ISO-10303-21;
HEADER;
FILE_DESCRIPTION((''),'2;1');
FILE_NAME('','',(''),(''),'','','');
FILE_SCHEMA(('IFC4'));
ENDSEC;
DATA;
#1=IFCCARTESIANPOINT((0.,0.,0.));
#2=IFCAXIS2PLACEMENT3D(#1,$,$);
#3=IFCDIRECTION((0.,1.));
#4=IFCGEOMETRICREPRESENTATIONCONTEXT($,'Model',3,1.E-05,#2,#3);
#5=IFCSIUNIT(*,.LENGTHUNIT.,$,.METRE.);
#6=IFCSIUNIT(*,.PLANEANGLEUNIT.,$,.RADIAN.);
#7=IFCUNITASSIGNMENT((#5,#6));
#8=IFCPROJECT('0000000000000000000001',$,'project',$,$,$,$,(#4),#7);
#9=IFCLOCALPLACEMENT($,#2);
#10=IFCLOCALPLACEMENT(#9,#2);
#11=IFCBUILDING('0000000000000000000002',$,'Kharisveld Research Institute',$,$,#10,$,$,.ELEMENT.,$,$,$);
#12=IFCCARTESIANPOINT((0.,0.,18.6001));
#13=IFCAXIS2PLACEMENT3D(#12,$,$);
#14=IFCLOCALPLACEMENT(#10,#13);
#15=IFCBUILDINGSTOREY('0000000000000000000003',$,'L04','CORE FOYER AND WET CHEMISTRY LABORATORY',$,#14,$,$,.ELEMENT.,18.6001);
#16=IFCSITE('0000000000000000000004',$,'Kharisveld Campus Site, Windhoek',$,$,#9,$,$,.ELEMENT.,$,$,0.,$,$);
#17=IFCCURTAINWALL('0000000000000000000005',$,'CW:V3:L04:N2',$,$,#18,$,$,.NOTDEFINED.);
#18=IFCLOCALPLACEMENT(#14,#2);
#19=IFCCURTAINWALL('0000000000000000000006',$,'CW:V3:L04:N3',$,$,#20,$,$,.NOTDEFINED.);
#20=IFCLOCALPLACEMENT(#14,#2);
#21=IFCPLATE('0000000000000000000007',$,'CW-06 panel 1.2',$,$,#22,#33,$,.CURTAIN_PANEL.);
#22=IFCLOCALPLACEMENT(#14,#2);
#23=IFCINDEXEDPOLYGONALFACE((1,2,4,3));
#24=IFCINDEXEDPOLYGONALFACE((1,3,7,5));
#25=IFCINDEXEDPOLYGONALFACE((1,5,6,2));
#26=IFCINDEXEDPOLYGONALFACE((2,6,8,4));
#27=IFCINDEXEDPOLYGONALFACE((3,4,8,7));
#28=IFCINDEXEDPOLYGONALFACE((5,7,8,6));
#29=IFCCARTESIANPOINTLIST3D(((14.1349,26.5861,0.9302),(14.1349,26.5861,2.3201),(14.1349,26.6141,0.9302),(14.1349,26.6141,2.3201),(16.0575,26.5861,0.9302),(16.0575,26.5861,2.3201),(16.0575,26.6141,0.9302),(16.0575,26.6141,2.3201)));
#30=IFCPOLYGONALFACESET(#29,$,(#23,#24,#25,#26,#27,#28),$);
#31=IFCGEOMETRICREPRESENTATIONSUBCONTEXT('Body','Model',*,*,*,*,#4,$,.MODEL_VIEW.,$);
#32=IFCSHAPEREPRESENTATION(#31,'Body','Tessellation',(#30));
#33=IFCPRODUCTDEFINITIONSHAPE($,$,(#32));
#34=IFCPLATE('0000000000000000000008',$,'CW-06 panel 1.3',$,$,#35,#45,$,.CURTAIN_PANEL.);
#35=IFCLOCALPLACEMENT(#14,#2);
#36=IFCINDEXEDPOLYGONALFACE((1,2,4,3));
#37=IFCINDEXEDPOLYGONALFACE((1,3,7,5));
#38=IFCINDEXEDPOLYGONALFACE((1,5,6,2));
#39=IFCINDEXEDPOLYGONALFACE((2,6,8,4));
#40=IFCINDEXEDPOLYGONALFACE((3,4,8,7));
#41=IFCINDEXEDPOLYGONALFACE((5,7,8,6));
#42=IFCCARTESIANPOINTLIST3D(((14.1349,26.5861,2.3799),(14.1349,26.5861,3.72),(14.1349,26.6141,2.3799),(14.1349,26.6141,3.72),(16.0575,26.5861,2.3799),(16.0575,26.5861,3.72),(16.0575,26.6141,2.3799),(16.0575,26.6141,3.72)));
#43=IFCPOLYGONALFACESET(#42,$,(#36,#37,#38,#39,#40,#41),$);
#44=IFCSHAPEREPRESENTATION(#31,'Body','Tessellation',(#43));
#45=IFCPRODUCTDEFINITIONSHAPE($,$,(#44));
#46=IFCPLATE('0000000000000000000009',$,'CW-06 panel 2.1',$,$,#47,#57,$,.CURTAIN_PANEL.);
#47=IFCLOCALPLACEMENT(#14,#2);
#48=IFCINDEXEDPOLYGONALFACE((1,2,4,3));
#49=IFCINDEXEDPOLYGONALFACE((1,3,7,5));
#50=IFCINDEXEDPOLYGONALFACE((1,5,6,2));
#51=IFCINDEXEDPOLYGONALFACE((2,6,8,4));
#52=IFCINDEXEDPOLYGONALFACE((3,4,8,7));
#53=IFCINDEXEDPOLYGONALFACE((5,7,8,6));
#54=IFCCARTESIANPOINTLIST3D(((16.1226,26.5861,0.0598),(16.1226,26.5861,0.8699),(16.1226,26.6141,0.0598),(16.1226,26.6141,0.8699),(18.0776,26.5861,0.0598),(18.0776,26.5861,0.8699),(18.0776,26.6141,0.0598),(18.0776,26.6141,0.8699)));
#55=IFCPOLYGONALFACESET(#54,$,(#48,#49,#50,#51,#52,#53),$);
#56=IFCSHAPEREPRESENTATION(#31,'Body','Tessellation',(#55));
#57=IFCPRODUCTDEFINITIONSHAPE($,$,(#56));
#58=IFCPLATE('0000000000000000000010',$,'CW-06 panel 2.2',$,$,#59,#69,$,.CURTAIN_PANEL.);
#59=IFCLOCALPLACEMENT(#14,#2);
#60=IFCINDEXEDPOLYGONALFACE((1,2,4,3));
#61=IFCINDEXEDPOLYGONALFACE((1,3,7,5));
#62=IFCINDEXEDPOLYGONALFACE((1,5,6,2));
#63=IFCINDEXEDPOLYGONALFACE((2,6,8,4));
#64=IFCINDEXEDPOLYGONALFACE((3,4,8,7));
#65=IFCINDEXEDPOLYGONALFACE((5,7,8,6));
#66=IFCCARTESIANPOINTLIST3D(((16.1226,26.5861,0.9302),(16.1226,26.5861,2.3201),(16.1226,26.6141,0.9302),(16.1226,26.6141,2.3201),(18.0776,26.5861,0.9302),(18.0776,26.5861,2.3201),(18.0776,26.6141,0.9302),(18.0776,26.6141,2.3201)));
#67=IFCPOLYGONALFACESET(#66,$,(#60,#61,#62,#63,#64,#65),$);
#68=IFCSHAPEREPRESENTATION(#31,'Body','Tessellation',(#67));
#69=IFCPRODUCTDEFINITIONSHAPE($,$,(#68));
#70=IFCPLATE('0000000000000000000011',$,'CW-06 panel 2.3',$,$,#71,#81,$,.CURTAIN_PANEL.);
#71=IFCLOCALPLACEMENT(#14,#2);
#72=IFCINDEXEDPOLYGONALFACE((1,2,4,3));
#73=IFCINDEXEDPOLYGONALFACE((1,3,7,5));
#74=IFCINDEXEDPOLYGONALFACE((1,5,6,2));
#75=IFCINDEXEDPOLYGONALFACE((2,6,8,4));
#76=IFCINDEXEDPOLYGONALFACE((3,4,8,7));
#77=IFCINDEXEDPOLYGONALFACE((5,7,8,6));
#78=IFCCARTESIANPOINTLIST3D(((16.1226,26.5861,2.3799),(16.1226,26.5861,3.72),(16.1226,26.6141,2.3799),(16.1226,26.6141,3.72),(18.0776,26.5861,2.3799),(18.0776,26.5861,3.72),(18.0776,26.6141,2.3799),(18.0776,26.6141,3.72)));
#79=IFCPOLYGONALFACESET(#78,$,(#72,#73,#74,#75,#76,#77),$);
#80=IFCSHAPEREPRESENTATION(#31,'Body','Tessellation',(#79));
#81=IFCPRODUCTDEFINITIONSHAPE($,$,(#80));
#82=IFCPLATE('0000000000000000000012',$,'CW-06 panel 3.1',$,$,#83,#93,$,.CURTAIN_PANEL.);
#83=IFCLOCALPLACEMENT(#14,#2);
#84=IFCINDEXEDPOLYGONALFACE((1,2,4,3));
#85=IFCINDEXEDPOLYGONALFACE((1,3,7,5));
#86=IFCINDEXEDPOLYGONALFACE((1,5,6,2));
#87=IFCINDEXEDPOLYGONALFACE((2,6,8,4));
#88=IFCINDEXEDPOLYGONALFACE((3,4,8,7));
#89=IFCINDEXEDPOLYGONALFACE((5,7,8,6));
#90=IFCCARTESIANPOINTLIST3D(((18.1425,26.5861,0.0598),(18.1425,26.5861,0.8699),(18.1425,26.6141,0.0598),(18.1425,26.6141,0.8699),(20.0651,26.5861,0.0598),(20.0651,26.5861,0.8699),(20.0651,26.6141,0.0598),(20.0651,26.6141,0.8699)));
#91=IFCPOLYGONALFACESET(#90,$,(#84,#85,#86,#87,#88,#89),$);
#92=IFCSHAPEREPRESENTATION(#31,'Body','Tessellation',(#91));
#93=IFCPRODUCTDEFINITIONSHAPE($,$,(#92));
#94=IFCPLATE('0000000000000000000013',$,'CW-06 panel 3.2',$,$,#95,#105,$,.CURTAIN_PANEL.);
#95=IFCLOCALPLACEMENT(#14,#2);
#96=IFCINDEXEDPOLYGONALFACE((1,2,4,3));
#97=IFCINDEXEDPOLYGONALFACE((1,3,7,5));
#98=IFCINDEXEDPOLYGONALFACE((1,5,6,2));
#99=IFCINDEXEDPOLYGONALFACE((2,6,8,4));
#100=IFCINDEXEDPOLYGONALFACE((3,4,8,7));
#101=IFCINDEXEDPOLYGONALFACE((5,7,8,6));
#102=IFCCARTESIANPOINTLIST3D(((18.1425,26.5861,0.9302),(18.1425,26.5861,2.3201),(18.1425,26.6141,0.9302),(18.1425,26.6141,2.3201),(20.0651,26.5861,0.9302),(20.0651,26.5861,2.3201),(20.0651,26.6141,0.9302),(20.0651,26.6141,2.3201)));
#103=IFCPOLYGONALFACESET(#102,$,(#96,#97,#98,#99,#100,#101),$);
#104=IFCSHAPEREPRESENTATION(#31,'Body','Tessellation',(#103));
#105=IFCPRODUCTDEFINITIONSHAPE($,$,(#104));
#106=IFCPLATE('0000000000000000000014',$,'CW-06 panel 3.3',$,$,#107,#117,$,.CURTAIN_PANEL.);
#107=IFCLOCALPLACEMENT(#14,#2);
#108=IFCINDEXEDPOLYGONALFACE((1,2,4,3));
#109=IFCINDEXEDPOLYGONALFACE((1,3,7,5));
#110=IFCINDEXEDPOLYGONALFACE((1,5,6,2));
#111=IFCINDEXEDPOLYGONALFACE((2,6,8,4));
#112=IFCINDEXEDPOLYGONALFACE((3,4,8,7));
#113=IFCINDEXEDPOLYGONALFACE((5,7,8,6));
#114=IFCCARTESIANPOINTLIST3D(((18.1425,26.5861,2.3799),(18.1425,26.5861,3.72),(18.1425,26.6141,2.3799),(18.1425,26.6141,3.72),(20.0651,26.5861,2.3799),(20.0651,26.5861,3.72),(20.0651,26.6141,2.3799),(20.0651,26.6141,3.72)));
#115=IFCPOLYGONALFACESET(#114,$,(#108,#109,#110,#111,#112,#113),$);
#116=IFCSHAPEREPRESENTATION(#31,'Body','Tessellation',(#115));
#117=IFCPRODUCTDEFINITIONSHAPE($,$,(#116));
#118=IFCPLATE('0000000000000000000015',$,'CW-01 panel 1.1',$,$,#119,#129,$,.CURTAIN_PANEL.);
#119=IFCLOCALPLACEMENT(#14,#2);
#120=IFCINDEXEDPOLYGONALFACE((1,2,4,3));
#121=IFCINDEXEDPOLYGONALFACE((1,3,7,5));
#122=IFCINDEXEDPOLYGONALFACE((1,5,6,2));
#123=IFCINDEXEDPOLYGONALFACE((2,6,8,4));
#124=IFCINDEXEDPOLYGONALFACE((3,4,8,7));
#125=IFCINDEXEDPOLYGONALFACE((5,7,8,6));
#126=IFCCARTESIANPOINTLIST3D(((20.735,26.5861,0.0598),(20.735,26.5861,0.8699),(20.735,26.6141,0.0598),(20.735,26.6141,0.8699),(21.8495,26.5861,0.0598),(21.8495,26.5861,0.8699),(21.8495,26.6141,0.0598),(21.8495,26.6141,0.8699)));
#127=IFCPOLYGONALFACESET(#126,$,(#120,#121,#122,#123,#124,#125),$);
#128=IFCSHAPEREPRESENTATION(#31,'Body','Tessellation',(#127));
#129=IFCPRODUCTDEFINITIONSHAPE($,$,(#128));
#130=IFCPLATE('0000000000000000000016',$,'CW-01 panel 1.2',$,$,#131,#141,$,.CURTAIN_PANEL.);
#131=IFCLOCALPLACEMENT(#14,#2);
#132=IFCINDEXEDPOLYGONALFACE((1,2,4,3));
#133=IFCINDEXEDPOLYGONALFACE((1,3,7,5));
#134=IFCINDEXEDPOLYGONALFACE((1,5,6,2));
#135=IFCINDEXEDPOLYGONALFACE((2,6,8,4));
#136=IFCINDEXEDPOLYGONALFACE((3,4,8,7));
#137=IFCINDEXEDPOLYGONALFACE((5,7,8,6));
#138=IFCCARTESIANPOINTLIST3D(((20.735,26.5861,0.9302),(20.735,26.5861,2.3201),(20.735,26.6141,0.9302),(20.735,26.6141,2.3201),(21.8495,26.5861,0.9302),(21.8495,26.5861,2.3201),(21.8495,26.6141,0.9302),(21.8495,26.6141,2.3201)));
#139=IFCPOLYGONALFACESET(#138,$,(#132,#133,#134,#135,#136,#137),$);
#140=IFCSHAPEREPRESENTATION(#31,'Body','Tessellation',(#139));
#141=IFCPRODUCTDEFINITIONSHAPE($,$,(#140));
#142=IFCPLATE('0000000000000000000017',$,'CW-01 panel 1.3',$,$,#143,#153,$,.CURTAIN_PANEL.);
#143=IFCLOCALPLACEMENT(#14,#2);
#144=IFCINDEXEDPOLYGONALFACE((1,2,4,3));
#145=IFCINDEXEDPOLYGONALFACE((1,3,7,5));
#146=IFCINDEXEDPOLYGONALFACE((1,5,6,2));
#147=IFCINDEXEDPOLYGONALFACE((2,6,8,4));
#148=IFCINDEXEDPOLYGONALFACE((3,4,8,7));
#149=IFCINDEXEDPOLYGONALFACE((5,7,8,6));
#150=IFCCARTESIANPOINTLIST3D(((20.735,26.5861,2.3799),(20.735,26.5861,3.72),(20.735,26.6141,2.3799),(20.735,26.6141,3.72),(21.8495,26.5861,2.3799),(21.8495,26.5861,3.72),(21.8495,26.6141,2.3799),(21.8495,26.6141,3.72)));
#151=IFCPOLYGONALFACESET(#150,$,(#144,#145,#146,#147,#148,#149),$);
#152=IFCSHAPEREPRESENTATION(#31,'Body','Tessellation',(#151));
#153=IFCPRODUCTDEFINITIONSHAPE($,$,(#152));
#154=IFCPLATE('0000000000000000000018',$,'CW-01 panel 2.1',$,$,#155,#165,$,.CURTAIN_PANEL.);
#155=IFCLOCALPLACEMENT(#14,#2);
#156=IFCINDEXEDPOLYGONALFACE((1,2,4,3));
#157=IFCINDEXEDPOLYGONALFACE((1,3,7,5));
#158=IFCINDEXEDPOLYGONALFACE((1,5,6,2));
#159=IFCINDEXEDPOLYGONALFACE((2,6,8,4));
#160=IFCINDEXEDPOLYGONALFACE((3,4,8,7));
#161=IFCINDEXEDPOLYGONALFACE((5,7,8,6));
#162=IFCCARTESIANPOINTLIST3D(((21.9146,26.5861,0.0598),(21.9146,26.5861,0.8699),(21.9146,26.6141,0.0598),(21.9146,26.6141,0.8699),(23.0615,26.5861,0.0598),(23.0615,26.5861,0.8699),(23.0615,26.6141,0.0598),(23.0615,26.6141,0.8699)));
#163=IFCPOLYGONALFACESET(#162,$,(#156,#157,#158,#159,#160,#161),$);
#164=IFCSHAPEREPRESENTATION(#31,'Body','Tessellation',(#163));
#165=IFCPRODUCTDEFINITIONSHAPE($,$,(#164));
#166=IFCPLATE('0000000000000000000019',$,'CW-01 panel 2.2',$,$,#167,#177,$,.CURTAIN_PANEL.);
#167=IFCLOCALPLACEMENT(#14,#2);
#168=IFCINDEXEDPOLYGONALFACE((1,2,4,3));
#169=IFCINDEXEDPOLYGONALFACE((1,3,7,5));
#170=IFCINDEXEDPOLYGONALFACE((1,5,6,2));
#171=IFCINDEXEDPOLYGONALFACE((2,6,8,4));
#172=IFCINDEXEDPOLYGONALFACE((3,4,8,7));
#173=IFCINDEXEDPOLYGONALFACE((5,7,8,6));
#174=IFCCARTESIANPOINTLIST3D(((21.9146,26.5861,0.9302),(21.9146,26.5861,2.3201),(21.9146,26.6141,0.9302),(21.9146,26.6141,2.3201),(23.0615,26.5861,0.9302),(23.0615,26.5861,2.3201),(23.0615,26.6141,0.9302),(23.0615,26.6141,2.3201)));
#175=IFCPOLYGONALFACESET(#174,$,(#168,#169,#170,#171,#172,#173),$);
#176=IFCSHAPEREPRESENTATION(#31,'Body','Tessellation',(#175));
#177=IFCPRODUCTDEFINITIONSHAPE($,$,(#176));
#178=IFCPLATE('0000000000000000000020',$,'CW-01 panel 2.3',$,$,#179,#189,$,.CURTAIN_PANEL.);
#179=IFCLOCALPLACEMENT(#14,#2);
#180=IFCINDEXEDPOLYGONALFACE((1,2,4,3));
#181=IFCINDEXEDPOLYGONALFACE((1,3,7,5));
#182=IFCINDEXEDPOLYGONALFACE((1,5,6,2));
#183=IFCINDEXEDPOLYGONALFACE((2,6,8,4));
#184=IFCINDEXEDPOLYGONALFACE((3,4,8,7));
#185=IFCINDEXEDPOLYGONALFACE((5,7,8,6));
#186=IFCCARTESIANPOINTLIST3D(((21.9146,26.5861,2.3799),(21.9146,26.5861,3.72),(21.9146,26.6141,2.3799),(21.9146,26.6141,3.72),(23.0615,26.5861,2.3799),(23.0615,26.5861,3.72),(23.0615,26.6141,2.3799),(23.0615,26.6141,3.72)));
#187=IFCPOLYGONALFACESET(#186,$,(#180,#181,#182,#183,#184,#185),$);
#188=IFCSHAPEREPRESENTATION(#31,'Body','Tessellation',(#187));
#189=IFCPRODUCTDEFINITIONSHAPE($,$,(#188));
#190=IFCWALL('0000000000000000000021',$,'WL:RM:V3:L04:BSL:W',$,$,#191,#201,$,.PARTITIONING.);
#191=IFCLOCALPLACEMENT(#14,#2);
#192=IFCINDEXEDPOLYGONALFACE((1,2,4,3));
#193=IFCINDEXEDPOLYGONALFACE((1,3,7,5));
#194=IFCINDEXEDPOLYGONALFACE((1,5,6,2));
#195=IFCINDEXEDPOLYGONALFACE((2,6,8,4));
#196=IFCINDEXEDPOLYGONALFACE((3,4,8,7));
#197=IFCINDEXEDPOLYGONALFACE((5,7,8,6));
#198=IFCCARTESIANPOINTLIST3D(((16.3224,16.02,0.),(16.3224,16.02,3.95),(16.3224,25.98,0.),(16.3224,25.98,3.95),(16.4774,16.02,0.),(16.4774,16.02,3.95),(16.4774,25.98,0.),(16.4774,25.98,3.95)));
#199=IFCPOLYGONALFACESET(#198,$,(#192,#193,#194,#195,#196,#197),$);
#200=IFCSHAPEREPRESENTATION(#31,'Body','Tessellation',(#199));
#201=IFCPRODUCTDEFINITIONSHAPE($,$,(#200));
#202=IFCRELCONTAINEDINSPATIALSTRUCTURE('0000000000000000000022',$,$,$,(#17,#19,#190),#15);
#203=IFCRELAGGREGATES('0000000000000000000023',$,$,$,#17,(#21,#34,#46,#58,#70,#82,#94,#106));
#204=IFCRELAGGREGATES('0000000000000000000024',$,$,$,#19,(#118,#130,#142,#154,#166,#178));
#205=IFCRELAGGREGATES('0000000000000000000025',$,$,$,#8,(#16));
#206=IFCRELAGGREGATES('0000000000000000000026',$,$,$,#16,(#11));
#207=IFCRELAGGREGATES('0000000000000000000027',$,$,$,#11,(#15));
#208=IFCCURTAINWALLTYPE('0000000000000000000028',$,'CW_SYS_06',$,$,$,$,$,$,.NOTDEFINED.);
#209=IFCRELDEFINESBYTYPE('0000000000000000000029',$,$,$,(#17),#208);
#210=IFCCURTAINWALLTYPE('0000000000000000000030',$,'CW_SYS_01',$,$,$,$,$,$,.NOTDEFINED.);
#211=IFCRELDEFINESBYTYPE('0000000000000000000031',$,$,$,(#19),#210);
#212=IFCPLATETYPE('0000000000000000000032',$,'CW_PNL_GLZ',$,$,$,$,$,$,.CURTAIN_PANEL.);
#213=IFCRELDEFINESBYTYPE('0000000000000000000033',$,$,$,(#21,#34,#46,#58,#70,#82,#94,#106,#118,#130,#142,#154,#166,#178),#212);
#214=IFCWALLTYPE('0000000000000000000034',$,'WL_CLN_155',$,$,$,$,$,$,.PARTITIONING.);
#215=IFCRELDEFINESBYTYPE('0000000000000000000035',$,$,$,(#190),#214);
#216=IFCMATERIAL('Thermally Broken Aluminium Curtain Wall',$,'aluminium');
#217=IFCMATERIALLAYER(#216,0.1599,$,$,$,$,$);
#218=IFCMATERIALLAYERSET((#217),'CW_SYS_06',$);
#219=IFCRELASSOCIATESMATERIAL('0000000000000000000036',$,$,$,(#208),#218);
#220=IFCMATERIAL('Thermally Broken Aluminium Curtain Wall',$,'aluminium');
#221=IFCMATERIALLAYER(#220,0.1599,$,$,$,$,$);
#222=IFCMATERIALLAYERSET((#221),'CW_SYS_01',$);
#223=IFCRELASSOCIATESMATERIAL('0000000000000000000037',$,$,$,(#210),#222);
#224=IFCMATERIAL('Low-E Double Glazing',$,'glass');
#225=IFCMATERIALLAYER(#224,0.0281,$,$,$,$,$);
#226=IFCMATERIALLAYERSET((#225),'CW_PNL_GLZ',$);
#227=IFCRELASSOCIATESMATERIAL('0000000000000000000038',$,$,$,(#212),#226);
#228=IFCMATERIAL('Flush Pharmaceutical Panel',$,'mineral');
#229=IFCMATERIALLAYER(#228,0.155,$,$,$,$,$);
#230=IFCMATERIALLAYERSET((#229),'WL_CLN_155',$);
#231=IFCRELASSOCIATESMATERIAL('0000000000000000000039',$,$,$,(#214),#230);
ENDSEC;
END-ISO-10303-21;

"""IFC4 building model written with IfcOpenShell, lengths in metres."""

from ifc_helpers import new_model, si_unit, direction, frame, frame_2d, origin, origin_2d, place, context, subcontext, project, spatial, rectangle, extrude, material, layer, layer_set, type_object, element, aggregate, save


model = new_model("IFC4")

# Units and contexts
model_context = context("Model", 3, precision=1e-05, world=origin(), true_north=direction((0.0, 1.0)))
body_context = subcontext(model_context, "Body", "Model", "MODEL_VIEW")
ifc_project = project(units=[si_unit("LENGTHUNIT", "METRE"), si_unit("PLANEANGLEUNIT", "RADIAN")], contexts=[model_context])

# Site, building, storey
site_placement = place(None, origin())
site = spatial("IfcSite", under=ifc_project, at=site_placement, Name="Kharisveld Campus Site, Windhoek", CompositionType="ELEMENT", RefElevation=0.0)
building_placement = place(site_placement, origin())
building = spatial("IfcBuilding", under=site, at=building_placement, Name="Kharisveld Research Institute", CompositionType="ELEMENT")
storey_placement = place(building_placement, frame((0.0, 0.0, 18.6001)))
storey = spatial("IfcBuildingStorey", under=building, at=storey_placement, Name="L04", Description="CORE FOYER AND WET CHEMISTRY LABORATORY", CompositionType="ELEMENT", Elevation=18.6001)

# Curtain walls
ifc_material_1 = material(Name="Thermally Broken Aluminium Curtain Wall", Category="aluminium")
ifc_layer_1 = layer(ifc_material_1, 0.1599)
ifc_layer_set_1 = layer_set([ifc_layer_1], Name="CW_SYS_06")
curtain_wall_type_1 = type_object("IfcCurtainWallType", Name="CW_SYS_06", PredefinedType="NOTDEFINED", material=ifc_layer_set_1)
curtain_wall_1_placement = place(storey_placement, origin())
curtain_wall_1 = element("IfcCurtainWall", 1, at=curtain_wall_1_placement, inside=storey, type_object=curtain_wall_type_1, Name="CW:V3:L04:N2", PredefinedType="NOTDEFINED")
ifc_material_2 = material(Name="Thermally Broken Aluminium Curtain Wall", Category="aluminium")
ifc_layer_2 = layer(ifc_material_2, 0.1599)
ifc_layer_set_2 = layer_set([ifc_layer_2], Name="CW_SYS_01")
curtain_wall_type_2 = type_object("IfcCurtainWallType", Name="CW_SYS_01", PredefinedType="NOTDEFINED", material=ifc_layer_set_2)
curtain_wall_2_placement = place(storey_placement, origin())
curtain_wall_2 = element("IfcCurtainWall", 2, at=curtain_wall_2_placement, inside=storey, type_object=curtain_wall_type_2, Name="CW:V3:L04:N3", PredefinedType="NOTDEFINED")

# Plates
ifc_material_3 = material(Name="Low-E Double Glazing", Category="glass")
ifc_layer_3 = layer(ifc_material_3, 0.0281)
ifc_layer_set_3 = layer_set([ifc_layer_3], Name="CW_PNL_GLZ")
plate_type = type_object("IfcPlateType", Name="CW_PNL_GLZ", PredefinedType="CURTAIN_PANEL", material=ifc_layer_set_3)
plate_1_placement = place(storey_placement, frame((15.0962, 26.6001, 0.9302), z_axis=(0.0, 0.0, 1.0), x_axis=(1.0, 0.0, 0.0)))
plate_1 = element("IfcPlate", 3, at=plate_1_placement, type_object=plate_type, Name="CW-06 panel 1.2", PredefinedType="CURTAIN_PANEL", context=body_context, shape_type="SweptSolid", body=[
    extrude(rectangle(XDim=1.9226, YDim=0.0281, at=origin_2d()), origin(), (0.0, 0.0, 1.0), 1.3899),
])
plate_2_placement = place(storey_placement, frame((15.0962, 26.6001, 2.3799), z_axis=(0.0, 0.0, 1.0), x_axis=(1.0, 0.0, 0.0)))
plate_2 = element("IfcPlate", 4, at=plate_2_placement, type_object=plate_type, Name="CW-06 panel 1.3", PredefinedType="CURTAIN_PANEL", context=body_context, shape_type="SweptSolid", body=[
    extrude(rectangle(XDim=1.9226, YDim=0.0281, at=origin_2d()), origin(), (0.0, 0.0, 1.0), 1.3401),
])
plate_3_placement = place(storey_placement, frame((17.1001, 26.6001, 0.0598), z_axis=(0.0, 0.0, 1.0), x_axis=(1.0, 0.0, 0.0)))
plate_3 = element("IfcPlate", 5, at=plate_3_placement, type_object=plate_type, Name="CW-06 panel 2.1", PredefinedType="CURTAIN_PANEL", context=body_context, shape_type="SweptSolid", body=[
    extrude(rectangle(XDim=1.9551, YDim=0.0281, at=origin_2d()), origin(), (0.0, 0.0, 1.0), 0.8101),
])
plate_4_placement = place(storey_placement, frame((17.1001, 26.6001, 0.9302), z_axis=(0.0, 0.0, 1.0), x_axis=(1.0, 0.0, 0.0)))
plate_4 = element("IfcPlate", 6, at=plate_4_placement, type_object=plate_type, Name="CW-06 panel 2.2", PredefinedType="CURTAIN_PANEL", context=body_context, shape_type="SweptSolid", body=[
    extrude(rectangle(XDim=1.9551, YDim=0.0281, at=origin_2d()), origin(), (0.0, 0.0, 1.0), 1.3899),
])
plate_5_placement = place(storey_placement, frame((17.1001, 26.6001, 2.3799), z_axis=(0.0, 0.0, 1.0), x_axis=(1.0, 0.0, 0.0)))
plate_5 = element("IfcPlate", 7, at=plate_5_placement, type_object=plate_type, Name="CW-06 panel 2.3", PredefinedType="CURTAIN_PANEL", context=body_context, shape_type="SweptSolid", body=[
    extrude(rectangle(XDim=1.9551, YDim=0.0281, at=origin_2d()), origin(), (0.0, 0.0, 1.0), 1.3401),
])
plate_6_placement = place(storey_placement, frame((19.1038, 26.6001, 0.0598), z_axis=(0.0, 0.0, 1.0), x_axis=(1.0, 0.0, 0.0)))
plate_6 = element("IfcPlate", 8, at=plate_6_placement, type_object=plate_type, Name="CW-06 panel 3.1", PredefinedType="CURTAIN_PANEL", context=body_context, shape_type="SweptSolid", body=[
    extrude(rectangle(XDim=1.9226, YDim=0.0281, at=origin_2d()), origin(), (0.0, 0.0, 1.0), 0.8101),
])
plate_7_placement = place(storey_placement, frame((19.1038, 26.6001, 0.9302), z_axis=(0.0, 0.0, 1.0), x_axis=(1.0, 0.0, 0.0)))
plate_7 = element("IfcPlate", 9, at=plate_7_placement, type_object=plate_type, Name="CW-06 panel 3.2", PredefinedType="CURTAIN_PANEL", context=body_context, shape_type="SweptSolid", body=[
    extrude(rectangle(XDim=1.9226, YDim=0.0281, at=origin_2d()), origin(), (0.0, 0.0, 1.0), 1.3899),
])
plate_8_placement = place(storey_placement, frame((19.1038, 26.6001, 2.3799), z_axis=(0.0, 0.0, 1.0), x_axis=(1.0, 0.0, 0.0)))
plate_8 = element("IfcPlate", 10, at=plate_8_placement, type_object=plate_type, Name="CW-06 panel 3.3", PredefinedType="CURTAIN_PANEL", context=body_context, shape_type="SweptSolid", body=[
    extrude(rectangle(XDim=1.9226, YDim=0.0281, at=origin_2d()), origin(), (0.0, 0.0, 1.0), 1.3401),
])
aggregate(curtain_wall_1, [plate_1, plate_2, plate_3, plate_4, plate_5, plate_6, plate_7, plate_8])
plate_9_placement = place(storey_placement, frame((21.2922, 26.6001, 0.0598), z_axis=(0.0, 0.0, 1.0), x_axis=(1.0, 0.0, 0.0)))
plate_9 = element("IfcPlate", 11, at=plate_9_placement, type_object=plate_type, Name="CW-01 panel 1.1", PredefinedType="CURTAIN_PANEL", context=body_context, shape_type="SweptSolid", body=[
    extrude(rectangle(XDim=1.1145, YDim=0.0281, at=origin_2d()), origin(), (0.0, 0.0, 1.0), 0.8101),
])
plate_10_placement = place(storey_placement, frame((21.2922, 26.6001, 0.9302), z_axis=(0.0, 0.0, 1.0), x_axis=(1.0, 0.0, 0.0)))
plate_10 = element("IfcPlate", 12, at=plate_10_placement, type_object=plate_type, Name="CW-01 panel 1.2", PredefinedType="CURTAIN_PANEL", context=body_context, shape_type="SweptSolid", body=[
    extrude(rectangle(XDim=1.1145, YDim=0.0281, at=origin_2d()), origin(), (0.0, 0.0, 1.0), 1.3899),
])
plate_11_placement = place(storey_placement, frame((21.2922, 26.6001, 2.3799), z_axis=(0.0, 0.0, 1.0), x_axis=(1.0, 0.0, 0.0)))
plate_11 = element("IfcPlate", 13, at=plate_11_placement, type_object=plate_type, Name="CW-01 panel 1.3", PredefinedType="CURTAIN_PANEL", context=body_context, shape_type="SweptSolid", body=[
    extrude(rectangle(XDim=1.1145, YDim=0.0281, at=origin_2d()), origin(), (0.0, 0.0, 1.0), 1.3401),
])
plate_12_placement = place(storey_placement, frame((22.488, 26.6001, 0.0598), z_axis=(0.0, 0.0, 1.0), x_axis=(1.0, 0.0, 0.0)))
plate_12 = element("IfcPlate", 14, at=plate_12_placement, type_object=plate_type, Name="CW-01 panel 2.1", PredefinedType="CURTAIN_PANEL", context=body_context, shape_type="SweptSolid", body=[
    extrude(rectangle(XDim=1.147, YDim=0.0281, at=origin_2d()), origin(), (0.0, 0.0, 1.0), 0.8101),
])
plate_13_placement = place(storey_placement, frame((22.488, 26.6001, 0.9302), z_axis=(0.0, 0.0, 1.0), x_axis=(1.0, 0.0, 0.0)))
plate_13 = element("IfcPlate", 15, at=plate_13_placement, type_object=plate_type, Name="CW-01 panel 2.2", PredefinedType="CURTAIN_PANEL", context=body_context, shape_type="SweptSolid", body=[
    extrude(rectangle(XDim=1.147, YDim=0.0281, at=origin_2d()), origin(), (0.0, 0.0, 1.0), 1.3899),
])
plate_14_placement = place(storey_placement, frame((22.488, 26.6001, 2.3799), z_axis=(0.0, 0.0, 1.0), x_axis=(1.0, 0.0, 0.0)))
plate_14 = element("IfcPlate", 16, at=plate_14_placement, type_object=plate_type, Name="CW-01 panel 2.3", PredefinedType="CURTAIN_PANEL", context=body_context, shape_type="SweptSolid", body=[
    extrude(rectangle(XDim=1.147, YDim=0.0281, at=origin_2d()), origin(), (0.0, 0.0, 1.0), 1.3401),
])
aggregate(curtain_wall_2, [plate_9, plate_10, plate_11, plate_12, plate_13, plate_14])

# Wall
ifc_material_4 = material(Name="Flush Pharmaceutical Panel", Category="mineral")
ifc_layer_4 = layer(ifc_material_4, 0.155)
ifc_layer_set_4 = layer_set([ifc_layer_4], Name="WL_CLN_155")
wall_type_1 = type_object("IfcWallType", Name="WL_CLN_155", PredefinedType="PARTITIONING", material=ifc_layer_set_4)
wall_1_placement = place(storey_placement, frame((16.3999, 25.98, 0.0), z_axis=(0.0, 0.0, 1.0), x_axis=(0.0, -1.0, 0.0)))
element("IfcWall", 17, at=wall_1_placement, inside=storey, type_object=wall_type_1, Name="WL:RM:V3:L04:BSL:W", PredefinedType="PARTITIONING", context=body_context, shape_type="SweptSolid", body=[
    extrude(rectangle(XDim=9.96, YDim=0.155, at=frame_2d((4.98, 0.0))), origin(), (0.0, 0.0, 1.0), 3.95),
])

save(model, "model.ifc")
